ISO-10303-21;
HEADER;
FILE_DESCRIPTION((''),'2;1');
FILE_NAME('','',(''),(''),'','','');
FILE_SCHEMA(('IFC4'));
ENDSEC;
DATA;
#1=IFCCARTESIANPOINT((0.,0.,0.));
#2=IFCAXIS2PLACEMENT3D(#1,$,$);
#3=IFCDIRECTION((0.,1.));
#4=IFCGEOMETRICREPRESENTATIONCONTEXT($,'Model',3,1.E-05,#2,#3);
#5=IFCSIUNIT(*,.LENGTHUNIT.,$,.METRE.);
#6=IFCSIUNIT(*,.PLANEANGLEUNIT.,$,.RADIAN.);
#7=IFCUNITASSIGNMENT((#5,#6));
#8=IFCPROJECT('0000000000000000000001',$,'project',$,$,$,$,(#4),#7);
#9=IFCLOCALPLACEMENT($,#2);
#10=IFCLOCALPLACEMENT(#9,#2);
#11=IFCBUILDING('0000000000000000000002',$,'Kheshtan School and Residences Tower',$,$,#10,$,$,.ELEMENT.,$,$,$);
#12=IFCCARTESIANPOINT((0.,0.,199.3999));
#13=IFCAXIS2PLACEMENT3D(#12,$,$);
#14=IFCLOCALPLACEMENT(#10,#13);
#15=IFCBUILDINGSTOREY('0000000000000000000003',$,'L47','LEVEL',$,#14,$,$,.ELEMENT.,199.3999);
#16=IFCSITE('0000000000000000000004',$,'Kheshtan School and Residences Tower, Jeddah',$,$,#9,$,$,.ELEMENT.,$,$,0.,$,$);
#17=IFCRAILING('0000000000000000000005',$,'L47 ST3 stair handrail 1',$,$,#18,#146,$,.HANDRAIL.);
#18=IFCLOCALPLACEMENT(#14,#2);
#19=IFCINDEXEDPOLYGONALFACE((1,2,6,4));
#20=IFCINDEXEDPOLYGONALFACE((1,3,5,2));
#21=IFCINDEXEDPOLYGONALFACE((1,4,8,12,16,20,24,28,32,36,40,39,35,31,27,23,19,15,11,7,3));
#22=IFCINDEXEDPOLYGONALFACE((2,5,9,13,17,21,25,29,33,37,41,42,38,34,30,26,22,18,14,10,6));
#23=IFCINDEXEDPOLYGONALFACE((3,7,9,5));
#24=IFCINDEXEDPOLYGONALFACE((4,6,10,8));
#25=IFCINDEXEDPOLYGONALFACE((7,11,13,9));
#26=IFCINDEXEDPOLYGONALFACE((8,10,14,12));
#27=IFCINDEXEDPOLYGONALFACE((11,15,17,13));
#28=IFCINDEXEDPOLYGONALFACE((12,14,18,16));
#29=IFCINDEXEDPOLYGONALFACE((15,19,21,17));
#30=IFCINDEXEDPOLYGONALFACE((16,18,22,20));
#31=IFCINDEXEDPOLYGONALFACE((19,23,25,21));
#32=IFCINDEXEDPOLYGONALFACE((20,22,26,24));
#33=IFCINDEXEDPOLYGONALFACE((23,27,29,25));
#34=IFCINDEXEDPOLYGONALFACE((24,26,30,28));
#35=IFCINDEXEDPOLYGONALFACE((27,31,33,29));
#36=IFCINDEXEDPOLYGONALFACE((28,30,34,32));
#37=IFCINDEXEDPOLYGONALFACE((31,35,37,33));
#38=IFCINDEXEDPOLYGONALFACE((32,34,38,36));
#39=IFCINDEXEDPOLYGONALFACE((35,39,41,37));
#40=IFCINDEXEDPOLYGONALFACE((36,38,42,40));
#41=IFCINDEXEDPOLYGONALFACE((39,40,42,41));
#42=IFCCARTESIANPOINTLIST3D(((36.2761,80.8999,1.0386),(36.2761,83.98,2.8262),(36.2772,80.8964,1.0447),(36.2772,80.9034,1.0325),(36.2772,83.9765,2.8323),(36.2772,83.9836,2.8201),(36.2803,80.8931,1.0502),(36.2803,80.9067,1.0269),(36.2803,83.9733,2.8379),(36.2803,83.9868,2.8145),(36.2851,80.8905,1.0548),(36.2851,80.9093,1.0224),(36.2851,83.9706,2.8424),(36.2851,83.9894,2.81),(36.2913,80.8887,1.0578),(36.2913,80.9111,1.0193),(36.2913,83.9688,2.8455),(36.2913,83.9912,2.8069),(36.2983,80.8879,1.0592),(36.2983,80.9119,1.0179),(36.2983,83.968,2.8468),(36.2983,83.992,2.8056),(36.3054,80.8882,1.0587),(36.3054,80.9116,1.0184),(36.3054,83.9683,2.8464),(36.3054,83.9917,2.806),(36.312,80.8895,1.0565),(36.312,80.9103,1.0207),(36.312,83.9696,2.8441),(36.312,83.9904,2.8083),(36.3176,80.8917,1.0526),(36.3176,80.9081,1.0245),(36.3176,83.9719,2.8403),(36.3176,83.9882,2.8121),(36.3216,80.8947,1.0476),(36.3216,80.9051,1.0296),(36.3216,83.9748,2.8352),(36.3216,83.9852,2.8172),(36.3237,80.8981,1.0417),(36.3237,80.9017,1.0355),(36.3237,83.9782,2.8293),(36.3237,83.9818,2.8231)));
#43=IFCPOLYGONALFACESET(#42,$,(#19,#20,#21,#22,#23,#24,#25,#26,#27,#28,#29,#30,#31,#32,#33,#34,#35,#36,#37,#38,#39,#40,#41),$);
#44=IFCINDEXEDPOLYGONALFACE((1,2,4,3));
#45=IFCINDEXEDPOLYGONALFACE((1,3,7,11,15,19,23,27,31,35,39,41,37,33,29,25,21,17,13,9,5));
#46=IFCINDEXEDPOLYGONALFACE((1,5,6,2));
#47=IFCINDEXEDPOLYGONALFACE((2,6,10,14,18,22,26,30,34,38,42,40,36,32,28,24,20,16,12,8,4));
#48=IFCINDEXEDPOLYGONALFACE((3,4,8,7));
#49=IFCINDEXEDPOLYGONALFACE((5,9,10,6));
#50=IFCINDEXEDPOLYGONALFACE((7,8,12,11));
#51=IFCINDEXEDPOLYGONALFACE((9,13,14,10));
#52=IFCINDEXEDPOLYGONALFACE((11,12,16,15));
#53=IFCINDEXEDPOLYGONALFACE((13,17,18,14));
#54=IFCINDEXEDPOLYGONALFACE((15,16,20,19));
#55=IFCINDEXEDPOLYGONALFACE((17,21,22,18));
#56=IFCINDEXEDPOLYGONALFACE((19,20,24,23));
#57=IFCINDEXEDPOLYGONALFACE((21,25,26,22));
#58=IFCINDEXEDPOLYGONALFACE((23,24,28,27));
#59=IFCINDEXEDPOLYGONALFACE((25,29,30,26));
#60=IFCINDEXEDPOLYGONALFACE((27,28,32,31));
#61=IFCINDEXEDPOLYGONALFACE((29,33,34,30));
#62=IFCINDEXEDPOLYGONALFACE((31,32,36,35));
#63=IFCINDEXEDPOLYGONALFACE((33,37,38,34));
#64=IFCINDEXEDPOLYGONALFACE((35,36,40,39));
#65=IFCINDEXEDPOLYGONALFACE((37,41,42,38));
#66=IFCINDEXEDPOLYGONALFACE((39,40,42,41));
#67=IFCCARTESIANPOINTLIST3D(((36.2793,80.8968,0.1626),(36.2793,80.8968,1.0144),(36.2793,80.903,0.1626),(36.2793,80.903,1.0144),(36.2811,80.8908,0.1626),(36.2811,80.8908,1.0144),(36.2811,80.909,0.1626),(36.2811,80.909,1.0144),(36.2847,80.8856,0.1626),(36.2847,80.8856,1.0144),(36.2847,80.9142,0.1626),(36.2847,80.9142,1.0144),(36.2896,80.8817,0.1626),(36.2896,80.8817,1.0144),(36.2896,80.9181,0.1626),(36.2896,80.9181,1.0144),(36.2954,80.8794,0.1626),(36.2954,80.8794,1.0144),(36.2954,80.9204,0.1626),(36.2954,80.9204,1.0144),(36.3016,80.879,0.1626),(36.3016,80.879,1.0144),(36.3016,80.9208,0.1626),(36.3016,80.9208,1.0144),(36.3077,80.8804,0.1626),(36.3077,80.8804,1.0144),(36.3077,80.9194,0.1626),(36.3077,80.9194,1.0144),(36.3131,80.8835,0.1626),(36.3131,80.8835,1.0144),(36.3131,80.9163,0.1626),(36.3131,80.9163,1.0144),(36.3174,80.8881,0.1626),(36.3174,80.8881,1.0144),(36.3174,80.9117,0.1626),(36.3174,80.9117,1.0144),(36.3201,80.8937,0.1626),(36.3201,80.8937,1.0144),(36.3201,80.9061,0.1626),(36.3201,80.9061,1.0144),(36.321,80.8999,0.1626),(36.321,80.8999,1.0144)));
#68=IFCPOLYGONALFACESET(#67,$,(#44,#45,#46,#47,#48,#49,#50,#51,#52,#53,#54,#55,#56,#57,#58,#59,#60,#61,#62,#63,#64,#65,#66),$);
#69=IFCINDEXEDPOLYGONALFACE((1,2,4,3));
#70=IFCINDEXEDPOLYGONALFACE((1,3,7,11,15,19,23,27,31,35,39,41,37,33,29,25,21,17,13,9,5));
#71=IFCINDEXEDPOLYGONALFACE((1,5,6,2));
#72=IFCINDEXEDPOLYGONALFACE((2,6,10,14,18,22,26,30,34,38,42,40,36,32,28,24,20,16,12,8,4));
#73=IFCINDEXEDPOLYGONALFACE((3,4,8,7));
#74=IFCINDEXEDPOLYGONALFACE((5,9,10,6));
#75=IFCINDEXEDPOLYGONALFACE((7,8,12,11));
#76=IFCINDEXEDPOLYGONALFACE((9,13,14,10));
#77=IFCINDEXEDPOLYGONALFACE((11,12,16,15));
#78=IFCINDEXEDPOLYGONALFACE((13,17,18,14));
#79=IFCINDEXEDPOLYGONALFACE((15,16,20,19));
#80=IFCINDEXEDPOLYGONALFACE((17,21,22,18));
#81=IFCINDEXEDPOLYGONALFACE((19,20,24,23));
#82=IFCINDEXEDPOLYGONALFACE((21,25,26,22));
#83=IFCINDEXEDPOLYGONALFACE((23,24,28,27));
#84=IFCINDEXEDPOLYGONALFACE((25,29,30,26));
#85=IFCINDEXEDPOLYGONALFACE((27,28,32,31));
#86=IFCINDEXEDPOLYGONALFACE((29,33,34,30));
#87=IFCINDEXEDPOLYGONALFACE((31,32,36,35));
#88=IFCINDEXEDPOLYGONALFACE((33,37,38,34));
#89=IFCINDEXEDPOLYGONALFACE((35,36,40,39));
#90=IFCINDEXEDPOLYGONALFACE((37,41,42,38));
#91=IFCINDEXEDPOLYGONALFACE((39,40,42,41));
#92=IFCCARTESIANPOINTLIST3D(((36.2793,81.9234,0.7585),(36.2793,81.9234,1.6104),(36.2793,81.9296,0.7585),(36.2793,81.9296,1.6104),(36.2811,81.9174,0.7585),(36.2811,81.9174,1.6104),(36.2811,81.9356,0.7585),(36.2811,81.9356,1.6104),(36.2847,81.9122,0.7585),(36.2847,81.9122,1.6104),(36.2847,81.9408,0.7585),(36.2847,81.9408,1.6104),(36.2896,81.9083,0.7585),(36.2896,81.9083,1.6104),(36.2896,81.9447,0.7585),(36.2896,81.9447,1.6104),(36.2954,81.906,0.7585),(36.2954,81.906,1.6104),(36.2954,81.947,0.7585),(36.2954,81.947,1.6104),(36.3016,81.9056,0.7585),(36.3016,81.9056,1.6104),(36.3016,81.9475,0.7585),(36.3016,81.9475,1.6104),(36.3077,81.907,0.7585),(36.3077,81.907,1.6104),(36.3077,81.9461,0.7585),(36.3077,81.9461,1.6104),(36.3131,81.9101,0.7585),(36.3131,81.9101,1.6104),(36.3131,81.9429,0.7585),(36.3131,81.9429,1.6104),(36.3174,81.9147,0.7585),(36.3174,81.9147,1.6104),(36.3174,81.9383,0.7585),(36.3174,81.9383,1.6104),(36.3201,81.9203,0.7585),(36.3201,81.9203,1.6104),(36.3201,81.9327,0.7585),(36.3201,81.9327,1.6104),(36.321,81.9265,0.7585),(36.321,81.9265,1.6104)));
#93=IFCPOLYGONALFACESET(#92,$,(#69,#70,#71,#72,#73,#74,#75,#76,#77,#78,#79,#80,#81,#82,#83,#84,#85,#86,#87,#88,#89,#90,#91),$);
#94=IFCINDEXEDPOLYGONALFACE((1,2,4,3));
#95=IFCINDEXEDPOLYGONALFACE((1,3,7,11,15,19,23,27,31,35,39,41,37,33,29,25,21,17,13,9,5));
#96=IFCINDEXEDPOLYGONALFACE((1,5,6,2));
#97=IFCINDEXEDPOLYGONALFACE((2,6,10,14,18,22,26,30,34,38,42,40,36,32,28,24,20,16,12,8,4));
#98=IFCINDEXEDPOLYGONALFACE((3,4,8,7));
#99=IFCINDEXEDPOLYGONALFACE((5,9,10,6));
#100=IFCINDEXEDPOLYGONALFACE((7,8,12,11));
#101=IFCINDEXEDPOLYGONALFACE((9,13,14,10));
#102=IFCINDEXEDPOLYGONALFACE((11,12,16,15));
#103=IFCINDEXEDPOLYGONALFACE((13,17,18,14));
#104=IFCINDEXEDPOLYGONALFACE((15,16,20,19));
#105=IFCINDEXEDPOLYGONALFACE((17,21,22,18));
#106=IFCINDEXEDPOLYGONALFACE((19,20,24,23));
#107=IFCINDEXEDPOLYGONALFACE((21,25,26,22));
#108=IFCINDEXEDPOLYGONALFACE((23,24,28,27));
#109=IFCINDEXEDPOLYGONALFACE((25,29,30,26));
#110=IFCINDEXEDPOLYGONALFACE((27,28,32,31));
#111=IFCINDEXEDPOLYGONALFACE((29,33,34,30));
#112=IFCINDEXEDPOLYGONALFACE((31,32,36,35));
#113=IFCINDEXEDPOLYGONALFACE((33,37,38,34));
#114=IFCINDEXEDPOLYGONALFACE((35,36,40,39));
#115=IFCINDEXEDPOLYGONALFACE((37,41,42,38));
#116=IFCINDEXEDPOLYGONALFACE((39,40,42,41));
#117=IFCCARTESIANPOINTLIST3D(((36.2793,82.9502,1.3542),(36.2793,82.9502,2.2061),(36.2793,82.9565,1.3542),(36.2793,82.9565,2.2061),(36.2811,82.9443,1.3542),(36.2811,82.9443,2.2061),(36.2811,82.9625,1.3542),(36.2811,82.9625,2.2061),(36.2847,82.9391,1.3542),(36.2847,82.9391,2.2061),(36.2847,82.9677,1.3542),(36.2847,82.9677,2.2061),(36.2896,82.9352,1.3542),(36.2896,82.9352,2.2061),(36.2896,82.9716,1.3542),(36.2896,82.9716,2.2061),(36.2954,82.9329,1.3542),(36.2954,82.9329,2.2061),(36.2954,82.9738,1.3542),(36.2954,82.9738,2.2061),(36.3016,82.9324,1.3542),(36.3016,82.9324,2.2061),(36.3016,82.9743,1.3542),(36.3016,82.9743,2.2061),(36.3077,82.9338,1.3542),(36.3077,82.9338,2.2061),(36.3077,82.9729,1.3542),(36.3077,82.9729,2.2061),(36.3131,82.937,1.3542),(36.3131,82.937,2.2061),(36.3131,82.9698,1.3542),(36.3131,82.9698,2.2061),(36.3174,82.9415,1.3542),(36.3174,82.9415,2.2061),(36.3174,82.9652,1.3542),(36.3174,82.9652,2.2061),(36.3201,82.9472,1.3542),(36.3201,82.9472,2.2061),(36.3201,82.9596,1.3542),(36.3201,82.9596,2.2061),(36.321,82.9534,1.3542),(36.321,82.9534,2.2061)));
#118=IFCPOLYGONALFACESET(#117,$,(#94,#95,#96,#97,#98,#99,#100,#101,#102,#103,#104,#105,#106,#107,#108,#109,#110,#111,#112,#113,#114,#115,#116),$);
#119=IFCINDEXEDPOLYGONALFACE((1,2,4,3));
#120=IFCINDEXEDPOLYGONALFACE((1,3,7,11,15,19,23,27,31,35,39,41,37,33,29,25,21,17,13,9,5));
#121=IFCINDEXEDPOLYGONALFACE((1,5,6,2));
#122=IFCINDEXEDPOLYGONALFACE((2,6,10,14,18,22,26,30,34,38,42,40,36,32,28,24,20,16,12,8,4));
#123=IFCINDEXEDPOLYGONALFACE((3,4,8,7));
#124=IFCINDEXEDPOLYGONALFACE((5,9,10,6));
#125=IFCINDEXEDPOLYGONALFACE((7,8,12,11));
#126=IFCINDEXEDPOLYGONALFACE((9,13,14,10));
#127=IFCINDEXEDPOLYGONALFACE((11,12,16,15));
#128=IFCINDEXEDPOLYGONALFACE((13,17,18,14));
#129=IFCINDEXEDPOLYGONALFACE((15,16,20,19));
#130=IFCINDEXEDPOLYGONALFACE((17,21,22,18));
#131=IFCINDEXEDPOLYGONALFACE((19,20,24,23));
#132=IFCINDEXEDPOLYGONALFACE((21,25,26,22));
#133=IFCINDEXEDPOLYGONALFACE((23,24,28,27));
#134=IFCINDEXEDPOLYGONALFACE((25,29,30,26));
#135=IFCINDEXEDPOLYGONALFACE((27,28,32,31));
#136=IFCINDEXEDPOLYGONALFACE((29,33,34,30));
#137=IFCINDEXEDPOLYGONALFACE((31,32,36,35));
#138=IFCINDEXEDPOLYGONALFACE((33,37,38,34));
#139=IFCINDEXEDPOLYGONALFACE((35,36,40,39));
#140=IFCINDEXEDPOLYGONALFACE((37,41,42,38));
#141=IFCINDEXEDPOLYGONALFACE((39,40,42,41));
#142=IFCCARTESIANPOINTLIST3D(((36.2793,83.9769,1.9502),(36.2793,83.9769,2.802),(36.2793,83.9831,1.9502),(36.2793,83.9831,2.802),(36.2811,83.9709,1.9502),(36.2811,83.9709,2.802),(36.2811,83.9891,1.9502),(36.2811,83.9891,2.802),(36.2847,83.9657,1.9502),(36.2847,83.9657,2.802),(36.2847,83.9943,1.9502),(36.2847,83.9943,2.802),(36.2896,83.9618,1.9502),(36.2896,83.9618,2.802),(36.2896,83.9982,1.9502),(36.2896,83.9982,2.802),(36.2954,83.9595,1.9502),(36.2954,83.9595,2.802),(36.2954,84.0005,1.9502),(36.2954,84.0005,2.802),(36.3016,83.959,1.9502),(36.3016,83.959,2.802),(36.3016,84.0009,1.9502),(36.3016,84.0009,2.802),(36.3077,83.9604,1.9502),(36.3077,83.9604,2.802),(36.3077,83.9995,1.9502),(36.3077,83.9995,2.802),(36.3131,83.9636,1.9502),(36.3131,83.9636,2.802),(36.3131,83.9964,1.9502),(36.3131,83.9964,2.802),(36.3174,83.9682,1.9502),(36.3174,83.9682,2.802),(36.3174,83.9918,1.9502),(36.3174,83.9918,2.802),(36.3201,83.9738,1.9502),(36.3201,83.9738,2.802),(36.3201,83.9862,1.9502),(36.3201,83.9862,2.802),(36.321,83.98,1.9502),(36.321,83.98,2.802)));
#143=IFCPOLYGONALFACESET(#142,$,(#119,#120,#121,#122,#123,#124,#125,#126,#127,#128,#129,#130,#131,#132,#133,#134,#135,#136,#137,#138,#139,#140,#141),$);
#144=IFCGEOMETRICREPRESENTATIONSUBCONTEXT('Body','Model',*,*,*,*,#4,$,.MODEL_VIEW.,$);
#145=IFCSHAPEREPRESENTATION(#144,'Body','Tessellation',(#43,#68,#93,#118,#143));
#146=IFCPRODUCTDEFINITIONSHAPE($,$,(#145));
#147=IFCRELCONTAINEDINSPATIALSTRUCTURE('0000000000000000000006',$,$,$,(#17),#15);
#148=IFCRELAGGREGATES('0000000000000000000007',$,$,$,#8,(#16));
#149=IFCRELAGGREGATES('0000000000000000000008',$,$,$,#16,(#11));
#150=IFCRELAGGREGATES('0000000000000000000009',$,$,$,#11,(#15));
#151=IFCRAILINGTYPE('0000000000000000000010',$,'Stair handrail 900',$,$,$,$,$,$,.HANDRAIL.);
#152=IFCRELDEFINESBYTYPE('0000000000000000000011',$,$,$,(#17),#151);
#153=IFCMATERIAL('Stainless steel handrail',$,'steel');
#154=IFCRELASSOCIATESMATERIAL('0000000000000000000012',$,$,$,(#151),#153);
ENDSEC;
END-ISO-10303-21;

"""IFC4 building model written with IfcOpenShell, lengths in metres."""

from ifc_helpers import new_model, si_unit, direction, frame, origin, origin_2d, place, context, subcontext, project, spatial, circle, extrude, material, type_object, element, save


model = new_model("IFC4")

# Units and contexts
model_context = context("Model", 3, precision=1e-05, world=origin(), true_north=direction((0.0, 1.0)))
body_context = subcontext(model_context, "Body", "Model", "MODEL_VIEW")
ifc_project = project(units=[si_unit("LENGTHUNIT", "METRE"), si_unit("PLANEANGLEUNIT", "RADIAN")], contexts=[model_context])

# Site, building, storey
site_placement = place(None, origin())
site = spatial("IfcSite", under=ifc_project, at=site_placement, Name="Kheshtan School and Residences Tower, Jeddah", CompositionType="ELEMENT", RefElevation=0.0)
building_placement = place(site_placement, origin())
building = spatial("IfcBuilding", under=site, at=building_placement, Name="Kheshtan School and Residences Tower", CompositionType="ELEMENT")
storey_placement = place(building_placement, frame((0.0, 0.0, 199.3999)))
storey = spatial("IfcBuildingStorey", under=building, at=storey_placement, Name="L47", Description="LEVEL", CompositionType="ELEMENT", Elevation=199.3999)

# Railing
ifc_material_1 = material(Name="Stainless steel handrail", Category="steel")
railing_type_1 = type_object("IfcRailingType", Name="Stair handrail 900", PredefinedType="HANDRAIL", material=ifc_material_1)
railing_1_placement = place(storey_placement, frame((36.3, 80.8999, 0.1626)))
element("IfcRailing", 1, at=railing_1_placement, inside=storey, type_object=railing_type_1, Name="L47 ST3 stair handrail 1", PredefinedType="HANDRAIL", context=body_context, shape_type="SweptSolid", body=[
    extrude(circle(Radius=0.0239, at=origin_2d()), frame((0.0, 0.0, 0.876), z_axis=(0.0, 0.864891, 0.50196), x_axis=(-1.0, 0.0, 0.0)), (0.0, 0.0, 1.0), 3.5613),
    extrude(circle(Radius=0.021, at=origin_2d()), origin(), (0.0, 0.0, 1.0), 0.8518),
    extrude(circle(Radius=0.021, at=origin_2d()), frame((0.0, 1.0266, 0.5959)), (0.0, 0.0, 1.0), 0.8518),
    extrude(circle(Radius=0.021, at=origin_2d()), frame((0.0, 2.0535, 1.1917)), (0.0, 0.0, 1.0), 0.8518),
    extrude(circle(Radius=0.021, at=origin_2d()), frame((0.0, 3.0801, 1.7876)), (0.0, 0.0, 1.0), 0.8518),
])

save(model, "model.ifc")
